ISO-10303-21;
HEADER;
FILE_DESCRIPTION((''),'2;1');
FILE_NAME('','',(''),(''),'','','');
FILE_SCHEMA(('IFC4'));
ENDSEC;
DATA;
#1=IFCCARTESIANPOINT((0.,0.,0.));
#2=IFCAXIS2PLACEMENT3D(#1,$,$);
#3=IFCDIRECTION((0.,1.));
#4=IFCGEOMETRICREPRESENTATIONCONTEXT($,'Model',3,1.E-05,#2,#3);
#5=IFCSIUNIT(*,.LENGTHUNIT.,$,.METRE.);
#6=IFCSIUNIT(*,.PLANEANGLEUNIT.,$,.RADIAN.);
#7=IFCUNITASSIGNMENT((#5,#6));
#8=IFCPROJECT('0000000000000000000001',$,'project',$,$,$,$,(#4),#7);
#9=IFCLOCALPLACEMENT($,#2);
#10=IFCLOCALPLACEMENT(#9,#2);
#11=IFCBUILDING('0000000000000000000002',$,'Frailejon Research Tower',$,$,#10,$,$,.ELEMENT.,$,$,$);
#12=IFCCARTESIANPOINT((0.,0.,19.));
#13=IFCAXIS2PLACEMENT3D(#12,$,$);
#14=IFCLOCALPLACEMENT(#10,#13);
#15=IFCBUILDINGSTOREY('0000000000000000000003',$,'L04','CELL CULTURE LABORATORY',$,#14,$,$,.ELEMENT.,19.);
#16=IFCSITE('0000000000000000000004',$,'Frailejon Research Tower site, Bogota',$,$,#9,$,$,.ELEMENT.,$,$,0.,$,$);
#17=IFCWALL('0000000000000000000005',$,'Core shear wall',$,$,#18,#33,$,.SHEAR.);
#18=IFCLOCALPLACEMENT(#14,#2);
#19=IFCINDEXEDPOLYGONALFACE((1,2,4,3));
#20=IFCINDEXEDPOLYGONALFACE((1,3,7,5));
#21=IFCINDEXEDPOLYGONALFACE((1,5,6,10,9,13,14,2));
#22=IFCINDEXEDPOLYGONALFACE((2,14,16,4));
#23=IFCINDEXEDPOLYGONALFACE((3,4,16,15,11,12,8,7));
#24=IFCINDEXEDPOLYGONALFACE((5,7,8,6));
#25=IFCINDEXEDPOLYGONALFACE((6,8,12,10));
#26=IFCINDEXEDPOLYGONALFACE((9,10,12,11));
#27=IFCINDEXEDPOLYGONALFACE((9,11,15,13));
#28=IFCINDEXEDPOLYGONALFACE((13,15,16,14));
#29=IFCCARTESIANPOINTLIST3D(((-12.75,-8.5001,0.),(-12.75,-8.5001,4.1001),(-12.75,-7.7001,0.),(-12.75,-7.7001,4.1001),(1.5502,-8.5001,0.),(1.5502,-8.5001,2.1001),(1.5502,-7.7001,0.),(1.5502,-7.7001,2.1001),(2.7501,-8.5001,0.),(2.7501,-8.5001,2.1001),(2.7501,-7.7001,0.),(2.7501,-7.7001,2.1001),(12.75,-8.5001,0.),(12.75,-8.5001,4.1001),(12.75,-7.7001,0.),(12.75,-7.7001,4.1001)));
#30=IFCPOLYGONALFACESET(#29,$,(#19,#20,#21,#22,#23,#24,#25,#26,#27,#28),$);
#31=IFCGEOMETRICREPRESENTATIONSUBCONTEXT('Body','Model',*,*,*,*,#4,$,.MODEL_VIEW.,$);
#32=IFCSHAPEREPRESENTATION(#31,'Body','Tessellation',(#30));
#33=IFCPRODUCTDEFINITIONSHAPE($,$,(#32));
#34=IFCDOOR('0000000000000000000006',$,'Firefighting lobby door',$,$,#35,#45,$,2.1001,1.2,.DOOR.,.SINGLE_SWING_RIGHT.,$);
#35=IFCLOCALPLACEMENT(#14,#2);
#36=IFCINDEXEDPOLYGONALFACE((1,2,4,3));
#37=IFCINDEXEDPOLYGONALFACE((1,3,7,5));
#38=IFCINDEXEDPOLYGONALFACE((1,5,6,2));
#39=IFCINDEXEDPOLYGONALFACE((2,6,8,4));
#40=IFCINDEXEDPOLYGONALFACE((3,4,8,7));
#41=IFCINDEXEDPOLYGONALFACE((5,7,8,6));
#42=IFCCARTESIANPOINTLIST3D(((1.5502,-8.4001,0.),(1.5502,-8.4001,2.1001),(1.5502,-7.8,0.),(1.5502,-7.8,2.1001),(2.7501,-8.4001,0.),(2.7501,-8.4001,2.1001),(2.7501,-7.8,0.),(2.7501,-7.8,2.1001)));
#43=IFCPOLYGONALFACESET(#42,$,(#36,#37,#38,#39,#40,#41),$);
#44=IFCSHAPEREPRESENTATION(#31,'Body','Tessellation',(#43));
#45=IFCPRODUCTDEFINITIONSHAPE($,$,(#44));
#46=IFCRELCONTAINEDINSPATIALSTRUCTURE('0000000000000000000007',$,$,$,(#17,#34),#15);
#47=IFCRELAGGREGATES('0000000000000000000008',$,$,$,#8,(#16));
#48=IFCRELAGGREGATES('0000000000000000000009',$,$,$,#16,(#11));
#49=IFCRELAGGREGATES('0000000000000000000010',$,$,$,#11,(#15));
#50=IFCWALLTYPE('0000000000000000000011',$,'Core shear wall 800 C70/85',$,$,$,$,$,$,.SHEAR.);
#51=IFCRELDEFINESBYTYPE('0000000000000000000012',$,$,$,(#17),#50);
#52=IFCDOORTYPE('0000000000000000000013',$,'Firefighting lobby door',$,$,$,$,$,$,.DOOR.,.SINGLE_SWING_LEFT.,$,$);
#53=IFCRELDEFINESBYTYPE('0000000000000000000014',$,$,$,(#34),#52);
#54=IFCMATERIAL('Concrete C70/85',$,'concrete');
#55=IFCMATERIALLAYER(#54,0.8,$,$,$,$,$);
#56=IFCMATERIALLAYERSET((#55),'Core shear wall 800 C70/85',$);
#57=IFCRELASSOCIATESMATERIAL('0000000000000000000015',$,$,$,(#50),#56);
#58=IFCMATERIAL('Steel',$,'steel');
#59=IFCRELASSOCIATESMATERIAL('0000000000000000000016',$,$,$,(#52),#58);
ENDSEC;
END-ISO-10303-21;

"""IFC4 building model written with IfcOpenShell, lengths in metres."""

from ifc_helpers import new_model, si_unit, direction, frame, frame_2d, origin, place, context, subcontext, project, spatial, rectangle, extrude, material, layer, layer_set, type_object, element, fill, save


model = new_model("IFC4")

# Units and contexts
model_context = context("Model", 3, precision=1e-05, world=origin(), true_north=direction((0.0, 1.0)))
body_context = subcontext(model_context, "Body", "Model", "MODEL_VIEW")
ifc_project = project(units=[si_unit("LENGTHUNIT", "METRE"), si_unit("PLANEANGLEUNIT", "RADIAN")], contexts=[model_context])

# Site, building, storey
site_placement = place(None, origin())
site = spatial("IfcSite", under=ifc_project, at=site_placement, Name="Frailejon Research Tower site, Bogota", CompositionType="ELEMENT", RefElevation=0.0)
building_placement = place(site_placement, origin())
building = spatial("IfcBuilding", under=site, at=building_placement, Name="Frailejon Research Tower", CompositionType="ELEMENT")
storey_placement = place(building_placement, frame((0.0, 0.0, 19.0)))
storey = spatial("IfcBuildingStorey", under=building, at=storey_placement, Name="L04", Description="CELL CULTURE LABORATORY", CompositionType="ELEMENT", Elevation=19.0)

# Wall, opening, door
ifc_material_1 = material(Name="Concrete C70/85", Category="concrete")
ifc_layer_1 = layer(ifc_material_1, 0.8)
ifc_layer_set_1 = layer_set([ifc_layer_1], Name="Core shear wall 800 C70/85")
wall_type_1 = type_object("IfcWallType", Name="Core shear wall 800 C70/85", PredefinedType="SHEAR", material=ifc_layer_set_1)
wall_1_placement = place(storey_placement, frame((-12.75, -8.1001, 0.0), z_axis=(0.0, 0.0, 1.0), x_axis=(1.0, 0.0, 0.0)))
wall_1 = element("IfcWall", 1, at=wall_1_placement, inside=storey, type_object=wall_type_1, Name="Core shear wall", PredefinedType="SHEAR", context=body_context, shape_type="SweptSolid", body=[
    extrude(rectangle(XDim=25.5, YDim=0.8, at=frame_2d((12.75, 0.0))), origin(), (0.0, 0.0, 1.0), 4.1001),
])
opening_1_placement = place(wall_1_placement, frame((14.3, 0.0, 0.0)))
opening_1 = element("IfcOpeningElement", 2, at=opening_1_placement, cuts=wall_1, PredefinedType="OPENING", context=body_context, shape_type="SweptSolid", body=[
    extrude(rectangle(XDim=1.2, YDim=2.1001, at=frame_2d((0.6001, 1.05))), frame((0.0, 0.4099, 0.0), z_axis=(0.0, -1.0, 0.0), x_axis=(1.0, 0.0, 0.0)), (0.0, 0.0, 1.0), 0.8201),
])
ifc_material_2 = material(Name="Steel", Category="steel")
door_type_1 = type_object("IfcDoorType", Name="Firefighting lobby door", OperationType="SINGLE_SWING_LEFT", PredefinedType="DOOR", material=ifc_material_2)
door_1_placement = place(opening_1_placement, origin())
door_1 = element("IfcDoor", 3, at=door_1_placement, inside=storey, type_object=door_type_1, Name="Firefighting lobby door", OperationType="SINGLE_SWING_RIGHT", OverallHeight=2.1001, OverallWidth=1.2, PredefinedType="DOOR", context=body_context, shape_type="SweptSolid", body=[
    extrude(rectangle(XDim=1.2, YDim=2.1001, at=frame_2d((0.6001, 1.05))), frame((0.0, 0.3, 0.0), z_axis=(0.0, -1.0, 0.0), x_axis=(1.0, 0.0, 0.0)), (0.0, 0.0, 1.0), 0.6001),
])
fill(opening_1, door_1)

save(model, "model.ifc")
